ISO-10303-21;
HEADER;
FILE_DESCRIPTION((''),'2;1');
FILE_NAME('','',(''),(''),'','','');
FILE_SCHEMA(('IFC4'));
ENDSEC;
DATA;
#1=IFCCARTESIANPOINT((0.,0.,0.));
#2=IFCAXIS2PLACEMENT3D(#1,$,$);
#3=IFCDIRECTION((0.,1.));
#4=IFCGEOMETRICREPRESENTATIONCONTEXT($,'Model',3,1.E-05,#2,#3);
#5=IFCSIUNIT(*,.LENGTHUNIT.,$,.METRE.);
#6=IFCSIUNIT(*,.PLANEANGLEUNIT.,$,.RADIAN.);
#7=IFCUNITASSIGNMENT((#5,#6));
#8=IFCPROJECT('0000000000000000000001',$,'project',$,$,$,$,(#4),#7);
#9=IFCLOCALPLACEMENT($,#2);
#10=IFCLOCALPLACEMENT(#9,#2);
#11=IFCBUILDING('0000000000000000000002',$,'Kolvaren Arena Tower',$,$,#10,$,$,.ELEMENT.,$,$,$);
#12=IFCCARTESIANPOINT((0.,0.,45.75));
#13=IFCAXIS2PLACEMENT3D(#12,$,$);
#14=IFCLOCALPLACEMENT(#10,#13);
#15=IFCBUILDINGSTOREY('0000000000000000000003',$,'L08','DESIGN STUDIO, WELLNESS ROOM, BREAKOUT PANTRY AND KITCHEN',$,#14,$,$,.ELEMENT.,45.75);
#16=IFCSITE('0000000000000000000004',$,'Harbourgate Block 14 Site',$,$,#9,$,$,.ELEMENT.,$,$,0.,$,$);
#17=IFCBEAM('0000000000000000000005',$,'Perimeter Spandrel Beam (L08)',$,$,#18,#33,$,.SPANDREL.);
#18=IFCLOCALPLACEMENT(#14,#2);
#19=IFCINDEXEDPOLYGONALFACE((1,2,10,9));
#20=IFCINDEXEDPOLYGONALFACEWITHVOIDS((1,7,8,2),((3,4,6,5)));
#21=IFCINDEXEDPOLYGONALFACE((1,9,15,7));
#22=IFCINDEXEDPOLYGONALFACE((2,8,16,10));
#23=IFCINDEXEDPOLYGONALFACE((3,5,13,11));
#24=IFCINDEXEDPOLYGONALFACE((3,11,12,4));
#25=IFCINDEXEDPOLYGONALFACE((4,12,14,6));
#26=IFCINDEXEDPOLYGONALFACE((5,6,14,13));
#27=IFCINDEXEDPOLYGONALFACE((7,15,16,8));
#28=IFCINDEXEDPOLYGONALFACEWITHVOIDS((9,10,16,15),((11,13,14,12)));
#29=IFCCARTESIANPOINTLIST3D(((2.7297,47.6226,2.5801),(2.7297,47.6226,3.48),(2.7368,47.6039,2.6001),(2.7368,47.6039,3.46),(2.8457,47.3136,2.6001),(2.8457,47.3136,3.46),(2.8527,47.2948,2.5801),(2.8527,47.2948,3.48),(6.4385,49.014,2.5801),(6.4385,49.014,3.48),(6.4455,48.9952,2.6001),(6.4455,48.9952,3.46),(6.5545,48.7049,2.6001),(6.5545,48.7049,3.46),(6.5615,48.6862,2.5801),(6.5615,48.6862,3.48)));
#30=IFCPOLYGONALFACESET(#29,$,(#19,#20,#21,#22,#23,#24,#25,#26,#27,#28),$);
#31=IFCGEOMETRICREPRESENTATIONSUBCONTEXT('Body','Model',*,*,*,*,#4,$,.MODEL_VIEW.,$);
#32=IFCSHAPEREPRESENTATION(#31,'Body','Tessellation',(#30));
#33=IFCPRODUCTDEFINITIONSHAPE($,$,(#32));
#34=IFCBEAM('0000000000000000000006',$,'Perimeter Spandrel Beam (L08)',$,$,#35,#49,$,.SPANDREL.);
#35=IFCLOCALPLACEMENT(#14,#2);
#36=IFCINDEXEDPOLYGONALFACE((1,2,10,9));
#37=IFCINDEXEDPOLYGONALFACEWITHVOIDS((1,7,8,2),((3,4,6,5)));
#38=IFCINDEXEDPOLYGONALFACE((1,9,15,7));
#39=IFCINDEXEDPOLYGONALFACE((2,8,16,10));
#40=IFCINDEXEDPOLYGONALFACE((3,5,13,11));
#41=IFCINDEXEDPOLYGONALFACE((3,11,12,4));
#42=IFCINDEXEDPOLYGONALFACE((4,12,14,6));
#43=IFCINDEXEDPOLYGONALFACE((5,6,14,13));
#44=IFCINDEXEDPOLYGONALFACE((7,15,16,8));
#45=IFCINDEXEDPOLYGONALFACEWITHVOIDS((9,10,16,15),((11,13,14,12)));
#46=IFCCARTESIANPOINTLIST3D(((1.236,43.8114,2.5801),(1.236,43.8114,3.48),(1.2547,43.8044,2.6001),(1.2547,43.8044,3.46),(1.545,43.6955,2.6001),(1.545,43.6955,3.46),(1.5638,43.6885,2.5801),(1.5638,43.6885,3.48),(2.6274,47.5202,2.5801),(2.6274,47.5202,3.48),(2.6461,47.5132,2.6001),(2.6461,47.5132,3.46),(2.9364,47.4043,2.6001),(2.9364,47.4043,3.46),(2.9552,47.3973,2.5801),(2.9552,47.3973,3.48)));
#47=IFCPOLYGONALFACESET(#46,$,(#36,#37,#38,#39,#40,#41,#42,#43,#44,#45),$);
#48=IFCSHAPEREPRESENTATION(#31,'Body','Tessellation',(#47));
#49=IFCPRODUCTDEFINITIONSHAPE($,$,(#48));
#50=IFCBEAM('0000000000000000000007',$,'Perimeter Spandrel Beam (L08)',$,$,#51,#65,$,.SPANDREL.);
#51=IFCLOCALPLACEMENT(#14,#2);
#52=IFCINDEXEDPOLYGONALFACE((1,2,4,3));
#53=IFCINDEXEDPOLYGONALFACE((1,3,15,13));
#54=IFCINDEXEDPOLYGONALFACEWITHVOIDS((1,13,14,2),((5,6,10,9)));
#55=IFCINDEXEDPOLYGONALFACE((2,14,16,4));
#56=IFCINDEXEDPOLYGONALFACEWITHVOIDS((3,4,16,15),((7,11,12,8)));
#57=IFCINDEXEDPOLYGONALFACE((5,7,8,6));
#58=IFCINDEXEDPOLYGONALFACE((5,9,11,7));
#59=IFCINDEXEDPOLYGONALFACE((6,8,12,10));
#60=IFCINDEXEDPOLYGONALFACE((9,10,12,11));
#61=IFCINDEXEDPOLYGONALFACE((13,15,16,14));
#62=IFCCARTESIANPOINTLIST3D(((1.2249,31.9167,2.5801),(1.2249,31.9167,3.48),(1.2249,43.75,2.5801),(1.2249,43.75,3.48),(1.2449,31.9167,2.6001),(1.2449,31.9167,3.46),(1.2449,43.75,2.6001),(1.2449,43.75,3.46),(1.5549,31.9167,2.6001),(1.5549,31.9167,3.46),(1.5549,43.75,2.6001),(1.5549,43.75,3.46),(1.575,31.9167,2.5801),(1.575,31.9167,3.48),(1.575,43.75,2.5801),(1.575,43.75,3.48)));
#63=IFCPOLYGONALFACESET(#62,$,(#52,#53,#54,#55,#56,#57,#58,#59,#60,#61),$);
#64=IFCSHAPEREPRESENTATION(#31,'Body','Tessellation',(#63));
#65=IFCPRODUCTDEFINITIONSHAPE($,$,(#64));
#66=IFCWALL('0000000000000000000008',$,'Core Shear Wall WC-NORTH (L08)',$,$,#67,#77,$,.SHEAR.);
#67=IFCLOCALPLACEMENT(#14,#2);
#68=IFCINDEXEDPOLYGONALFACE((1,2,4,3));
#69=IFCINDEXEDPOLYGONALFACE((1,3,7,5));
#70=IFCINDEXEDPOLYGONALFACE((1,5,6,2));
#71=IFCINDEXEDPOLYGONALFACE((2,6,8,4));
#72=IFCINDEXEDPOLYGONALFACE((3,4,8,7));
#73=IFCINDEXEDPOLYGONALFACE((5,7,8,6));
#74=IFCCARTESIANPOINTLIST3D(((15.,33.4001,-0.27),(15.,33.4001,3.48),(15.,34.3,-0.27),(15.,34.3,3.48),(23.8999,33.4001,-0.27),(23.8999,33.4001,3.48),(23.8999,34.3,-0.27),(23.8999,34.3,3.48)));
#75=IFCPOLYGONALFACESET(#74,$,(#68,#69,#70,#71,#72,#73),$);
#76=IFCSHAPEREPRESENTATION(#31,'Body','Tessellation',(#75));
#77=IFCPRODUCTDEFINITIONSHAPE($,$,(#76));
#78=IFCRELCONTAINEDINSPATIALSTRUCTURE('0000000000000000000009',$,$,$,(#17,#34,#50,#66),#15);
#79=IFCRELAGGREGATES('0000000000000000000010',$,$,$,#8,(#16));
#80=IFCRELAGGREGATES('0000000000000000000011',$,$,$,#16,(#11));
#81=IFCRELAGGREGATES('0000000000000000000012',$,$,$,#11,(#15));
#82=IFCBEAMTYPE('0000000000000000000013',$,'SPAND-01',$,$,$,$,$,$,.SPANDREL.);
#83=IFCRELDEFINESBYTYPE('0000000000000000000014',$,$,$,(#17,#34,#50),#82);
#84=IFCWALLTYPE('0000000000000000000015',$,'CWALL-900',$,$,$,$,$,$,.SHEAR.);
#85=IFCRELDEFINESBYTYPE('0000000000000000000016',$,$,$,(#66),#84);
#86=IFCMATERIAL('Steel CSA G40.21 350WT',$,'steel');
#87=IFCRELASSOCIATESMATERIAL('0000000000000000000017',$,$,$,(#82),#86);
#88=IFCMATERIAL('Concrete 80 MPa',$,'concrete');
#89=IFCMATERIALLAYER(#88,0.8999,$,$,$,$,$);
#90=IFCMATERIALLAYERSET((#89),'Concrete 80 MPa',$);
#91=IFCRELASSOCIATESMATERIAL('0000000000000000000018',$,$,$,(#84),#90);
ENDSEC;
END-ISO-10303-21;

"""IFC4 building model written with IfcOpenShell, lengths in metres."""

from ifc_helpers import new_model, si_unit, direction, frame, frame_2d, origin, origin_2d, place, context, subcontext, project, spatial, rectangle, hollow_rectangle, extrude, material, layer, layer_set, material_profile, profile_set, type_object, element, save


model = new_model("IFC4")

# Units and contexts
model_context = context("Model", 3, precision=1e-05, world=origin(), true_north=direction((0.0, 1.0)))
body_context = subcontext(model_context, "Body", "Model", "MODEL_VIEW")
ifc_project = project(units=[si_unit("LENGTHUNIT", "METRE"), si_unit("PLANEANGLEUNIT", "RADIAN")], contexts=[model_context])

# Site, building, storey
site_placement = place(None, origin())
site = spatial("IfcSite", under=ifc_project, at=site_placement, Name="Harbourgate Block 14 Site", CompositionType="ELEMENT", RefElevation=0.0)
building_placement = place(site_placement, origin())
building = spatial("IfcBuilding", under=site, at=building_placement, Name="Kolvaren Arena Tower", CompositionType="ELEMENT")
storey_placement = place(building_placement, frame((0.0, 0.0, 45.75)))
storey = spatial("IfcBuildingStorey", under=building, at=storey_placement, Name="L08", Description="DESIGN STUDIO, WELLNESS ROOM, BREAKOUT PANTRY AND KITCHEN", CompositionType="ELEMENT", Elevation=45.75)

# Beams
ifc_material_1 = material(Name="Steel CSA G40.21 350WT", Category="steel")
ifc_material_profile_1 = material_profile(ifc_material_1, hollow_rectangle(XDim=0.3501, YDim=0.8999, WallThickness=0.02, at=origin_2d()), Name="HSS 900x350x20")
ifc_profile_set_1 = profile_set([ifc_material_profile_1], Name="Steel CSA G40.21 350WT")
beam_type_1 = type_object("IfcBeamType", Name="SPAND-01", PredefinedType="SPANDREL", material=ifc_profile_set_1)
for number, where, z_axis, x_axis, name in (
    (1, (6.5, 48.8501, 3.03), (-0.936281, -0.351252, 0.0), (0.351252, -0.936281, 0.0), "Perimeter Spandrel Beam (L08)"),
    (2, (2.7913, 47.4587, 3.03), (-0.351252, -0.936281, 0.0), (0.936281, -0.351252, 0.0), "Perimeter Spandrel Beam (L08)"),
):
    element("IfcBeam", number, at=place(storey_placement, frame(where, z_axis=z_axis, x_axis=x_axis)), inside=storey, type_object=beam_type_1, Name=name, PredefinedType="SPANDREL", context=body_context, shape_type="SweptSolid", body=[
        extrude(hollow_rectangle(XDim=0.3501, YDim=0.8999, WallThickness=0.02, at=origin_2d()), origin(), (0.0, 0.0, 1.0), 3.9612),
    ])
beam_1_placement = place(storey_placement, frame((1.3999, 43.75, 3.03), z_axis=(0.0, -1.0, 0.0), x_axis=(1.0, 0.0, 0.0)))
element("IfcBeam", 3, at=beam_1_placement, inside=storey, type_object=beam_type_1, Name="Perimeter Spandrel Beam (L08)", PredefinedType="SPANDREL", context=body_context, shape_type="SweptSolid", body=[
    extrude(hollow_rectangle(XDim=0.3501, YDim=0.8999, WallThickness=0.02, at=origin_2d()), origin(), (0.0, 0.0, 1.0), 11.8333),
])

# Wall
ifc_material_2 = material(Name="Concrete 80 MPa", Category="concrete")
ifc_layer_1 = layer(ifc_material_2, 0.8999)
ifc_layer_set_1 = layer_set([ifc_layer_1], Name="Concrete 80 MPa")
wall_type_1 = type_object("IfcWallType", Name="CWALL-900", PredefinedType="SHEAR", material=ifc_layer_set_1)
wall_1_placement = place(storey_placement, frame((15.0, 33.8501, -0.27), z_axis=(0.0, 0.0, 1.0), x_axis=(1.0, 0.0, 0.0)))
element("IfcWall", 4, at=wall_1_placement, inside=storey, type_object=wall_type_1, Name="Core Shear Wall WC-NORTH (L08)", PredefinedType="SHEAR", context=body_context, shape_type="SweptSolid", body=[
    extrude(rectangle(XDim=8.8999, YDim=0.8999, at=frame_2d((4.45, 0.0))), origin(), (0.0, 0.0, 1.0), 3.75),
])

save(model, "model.ifc")
